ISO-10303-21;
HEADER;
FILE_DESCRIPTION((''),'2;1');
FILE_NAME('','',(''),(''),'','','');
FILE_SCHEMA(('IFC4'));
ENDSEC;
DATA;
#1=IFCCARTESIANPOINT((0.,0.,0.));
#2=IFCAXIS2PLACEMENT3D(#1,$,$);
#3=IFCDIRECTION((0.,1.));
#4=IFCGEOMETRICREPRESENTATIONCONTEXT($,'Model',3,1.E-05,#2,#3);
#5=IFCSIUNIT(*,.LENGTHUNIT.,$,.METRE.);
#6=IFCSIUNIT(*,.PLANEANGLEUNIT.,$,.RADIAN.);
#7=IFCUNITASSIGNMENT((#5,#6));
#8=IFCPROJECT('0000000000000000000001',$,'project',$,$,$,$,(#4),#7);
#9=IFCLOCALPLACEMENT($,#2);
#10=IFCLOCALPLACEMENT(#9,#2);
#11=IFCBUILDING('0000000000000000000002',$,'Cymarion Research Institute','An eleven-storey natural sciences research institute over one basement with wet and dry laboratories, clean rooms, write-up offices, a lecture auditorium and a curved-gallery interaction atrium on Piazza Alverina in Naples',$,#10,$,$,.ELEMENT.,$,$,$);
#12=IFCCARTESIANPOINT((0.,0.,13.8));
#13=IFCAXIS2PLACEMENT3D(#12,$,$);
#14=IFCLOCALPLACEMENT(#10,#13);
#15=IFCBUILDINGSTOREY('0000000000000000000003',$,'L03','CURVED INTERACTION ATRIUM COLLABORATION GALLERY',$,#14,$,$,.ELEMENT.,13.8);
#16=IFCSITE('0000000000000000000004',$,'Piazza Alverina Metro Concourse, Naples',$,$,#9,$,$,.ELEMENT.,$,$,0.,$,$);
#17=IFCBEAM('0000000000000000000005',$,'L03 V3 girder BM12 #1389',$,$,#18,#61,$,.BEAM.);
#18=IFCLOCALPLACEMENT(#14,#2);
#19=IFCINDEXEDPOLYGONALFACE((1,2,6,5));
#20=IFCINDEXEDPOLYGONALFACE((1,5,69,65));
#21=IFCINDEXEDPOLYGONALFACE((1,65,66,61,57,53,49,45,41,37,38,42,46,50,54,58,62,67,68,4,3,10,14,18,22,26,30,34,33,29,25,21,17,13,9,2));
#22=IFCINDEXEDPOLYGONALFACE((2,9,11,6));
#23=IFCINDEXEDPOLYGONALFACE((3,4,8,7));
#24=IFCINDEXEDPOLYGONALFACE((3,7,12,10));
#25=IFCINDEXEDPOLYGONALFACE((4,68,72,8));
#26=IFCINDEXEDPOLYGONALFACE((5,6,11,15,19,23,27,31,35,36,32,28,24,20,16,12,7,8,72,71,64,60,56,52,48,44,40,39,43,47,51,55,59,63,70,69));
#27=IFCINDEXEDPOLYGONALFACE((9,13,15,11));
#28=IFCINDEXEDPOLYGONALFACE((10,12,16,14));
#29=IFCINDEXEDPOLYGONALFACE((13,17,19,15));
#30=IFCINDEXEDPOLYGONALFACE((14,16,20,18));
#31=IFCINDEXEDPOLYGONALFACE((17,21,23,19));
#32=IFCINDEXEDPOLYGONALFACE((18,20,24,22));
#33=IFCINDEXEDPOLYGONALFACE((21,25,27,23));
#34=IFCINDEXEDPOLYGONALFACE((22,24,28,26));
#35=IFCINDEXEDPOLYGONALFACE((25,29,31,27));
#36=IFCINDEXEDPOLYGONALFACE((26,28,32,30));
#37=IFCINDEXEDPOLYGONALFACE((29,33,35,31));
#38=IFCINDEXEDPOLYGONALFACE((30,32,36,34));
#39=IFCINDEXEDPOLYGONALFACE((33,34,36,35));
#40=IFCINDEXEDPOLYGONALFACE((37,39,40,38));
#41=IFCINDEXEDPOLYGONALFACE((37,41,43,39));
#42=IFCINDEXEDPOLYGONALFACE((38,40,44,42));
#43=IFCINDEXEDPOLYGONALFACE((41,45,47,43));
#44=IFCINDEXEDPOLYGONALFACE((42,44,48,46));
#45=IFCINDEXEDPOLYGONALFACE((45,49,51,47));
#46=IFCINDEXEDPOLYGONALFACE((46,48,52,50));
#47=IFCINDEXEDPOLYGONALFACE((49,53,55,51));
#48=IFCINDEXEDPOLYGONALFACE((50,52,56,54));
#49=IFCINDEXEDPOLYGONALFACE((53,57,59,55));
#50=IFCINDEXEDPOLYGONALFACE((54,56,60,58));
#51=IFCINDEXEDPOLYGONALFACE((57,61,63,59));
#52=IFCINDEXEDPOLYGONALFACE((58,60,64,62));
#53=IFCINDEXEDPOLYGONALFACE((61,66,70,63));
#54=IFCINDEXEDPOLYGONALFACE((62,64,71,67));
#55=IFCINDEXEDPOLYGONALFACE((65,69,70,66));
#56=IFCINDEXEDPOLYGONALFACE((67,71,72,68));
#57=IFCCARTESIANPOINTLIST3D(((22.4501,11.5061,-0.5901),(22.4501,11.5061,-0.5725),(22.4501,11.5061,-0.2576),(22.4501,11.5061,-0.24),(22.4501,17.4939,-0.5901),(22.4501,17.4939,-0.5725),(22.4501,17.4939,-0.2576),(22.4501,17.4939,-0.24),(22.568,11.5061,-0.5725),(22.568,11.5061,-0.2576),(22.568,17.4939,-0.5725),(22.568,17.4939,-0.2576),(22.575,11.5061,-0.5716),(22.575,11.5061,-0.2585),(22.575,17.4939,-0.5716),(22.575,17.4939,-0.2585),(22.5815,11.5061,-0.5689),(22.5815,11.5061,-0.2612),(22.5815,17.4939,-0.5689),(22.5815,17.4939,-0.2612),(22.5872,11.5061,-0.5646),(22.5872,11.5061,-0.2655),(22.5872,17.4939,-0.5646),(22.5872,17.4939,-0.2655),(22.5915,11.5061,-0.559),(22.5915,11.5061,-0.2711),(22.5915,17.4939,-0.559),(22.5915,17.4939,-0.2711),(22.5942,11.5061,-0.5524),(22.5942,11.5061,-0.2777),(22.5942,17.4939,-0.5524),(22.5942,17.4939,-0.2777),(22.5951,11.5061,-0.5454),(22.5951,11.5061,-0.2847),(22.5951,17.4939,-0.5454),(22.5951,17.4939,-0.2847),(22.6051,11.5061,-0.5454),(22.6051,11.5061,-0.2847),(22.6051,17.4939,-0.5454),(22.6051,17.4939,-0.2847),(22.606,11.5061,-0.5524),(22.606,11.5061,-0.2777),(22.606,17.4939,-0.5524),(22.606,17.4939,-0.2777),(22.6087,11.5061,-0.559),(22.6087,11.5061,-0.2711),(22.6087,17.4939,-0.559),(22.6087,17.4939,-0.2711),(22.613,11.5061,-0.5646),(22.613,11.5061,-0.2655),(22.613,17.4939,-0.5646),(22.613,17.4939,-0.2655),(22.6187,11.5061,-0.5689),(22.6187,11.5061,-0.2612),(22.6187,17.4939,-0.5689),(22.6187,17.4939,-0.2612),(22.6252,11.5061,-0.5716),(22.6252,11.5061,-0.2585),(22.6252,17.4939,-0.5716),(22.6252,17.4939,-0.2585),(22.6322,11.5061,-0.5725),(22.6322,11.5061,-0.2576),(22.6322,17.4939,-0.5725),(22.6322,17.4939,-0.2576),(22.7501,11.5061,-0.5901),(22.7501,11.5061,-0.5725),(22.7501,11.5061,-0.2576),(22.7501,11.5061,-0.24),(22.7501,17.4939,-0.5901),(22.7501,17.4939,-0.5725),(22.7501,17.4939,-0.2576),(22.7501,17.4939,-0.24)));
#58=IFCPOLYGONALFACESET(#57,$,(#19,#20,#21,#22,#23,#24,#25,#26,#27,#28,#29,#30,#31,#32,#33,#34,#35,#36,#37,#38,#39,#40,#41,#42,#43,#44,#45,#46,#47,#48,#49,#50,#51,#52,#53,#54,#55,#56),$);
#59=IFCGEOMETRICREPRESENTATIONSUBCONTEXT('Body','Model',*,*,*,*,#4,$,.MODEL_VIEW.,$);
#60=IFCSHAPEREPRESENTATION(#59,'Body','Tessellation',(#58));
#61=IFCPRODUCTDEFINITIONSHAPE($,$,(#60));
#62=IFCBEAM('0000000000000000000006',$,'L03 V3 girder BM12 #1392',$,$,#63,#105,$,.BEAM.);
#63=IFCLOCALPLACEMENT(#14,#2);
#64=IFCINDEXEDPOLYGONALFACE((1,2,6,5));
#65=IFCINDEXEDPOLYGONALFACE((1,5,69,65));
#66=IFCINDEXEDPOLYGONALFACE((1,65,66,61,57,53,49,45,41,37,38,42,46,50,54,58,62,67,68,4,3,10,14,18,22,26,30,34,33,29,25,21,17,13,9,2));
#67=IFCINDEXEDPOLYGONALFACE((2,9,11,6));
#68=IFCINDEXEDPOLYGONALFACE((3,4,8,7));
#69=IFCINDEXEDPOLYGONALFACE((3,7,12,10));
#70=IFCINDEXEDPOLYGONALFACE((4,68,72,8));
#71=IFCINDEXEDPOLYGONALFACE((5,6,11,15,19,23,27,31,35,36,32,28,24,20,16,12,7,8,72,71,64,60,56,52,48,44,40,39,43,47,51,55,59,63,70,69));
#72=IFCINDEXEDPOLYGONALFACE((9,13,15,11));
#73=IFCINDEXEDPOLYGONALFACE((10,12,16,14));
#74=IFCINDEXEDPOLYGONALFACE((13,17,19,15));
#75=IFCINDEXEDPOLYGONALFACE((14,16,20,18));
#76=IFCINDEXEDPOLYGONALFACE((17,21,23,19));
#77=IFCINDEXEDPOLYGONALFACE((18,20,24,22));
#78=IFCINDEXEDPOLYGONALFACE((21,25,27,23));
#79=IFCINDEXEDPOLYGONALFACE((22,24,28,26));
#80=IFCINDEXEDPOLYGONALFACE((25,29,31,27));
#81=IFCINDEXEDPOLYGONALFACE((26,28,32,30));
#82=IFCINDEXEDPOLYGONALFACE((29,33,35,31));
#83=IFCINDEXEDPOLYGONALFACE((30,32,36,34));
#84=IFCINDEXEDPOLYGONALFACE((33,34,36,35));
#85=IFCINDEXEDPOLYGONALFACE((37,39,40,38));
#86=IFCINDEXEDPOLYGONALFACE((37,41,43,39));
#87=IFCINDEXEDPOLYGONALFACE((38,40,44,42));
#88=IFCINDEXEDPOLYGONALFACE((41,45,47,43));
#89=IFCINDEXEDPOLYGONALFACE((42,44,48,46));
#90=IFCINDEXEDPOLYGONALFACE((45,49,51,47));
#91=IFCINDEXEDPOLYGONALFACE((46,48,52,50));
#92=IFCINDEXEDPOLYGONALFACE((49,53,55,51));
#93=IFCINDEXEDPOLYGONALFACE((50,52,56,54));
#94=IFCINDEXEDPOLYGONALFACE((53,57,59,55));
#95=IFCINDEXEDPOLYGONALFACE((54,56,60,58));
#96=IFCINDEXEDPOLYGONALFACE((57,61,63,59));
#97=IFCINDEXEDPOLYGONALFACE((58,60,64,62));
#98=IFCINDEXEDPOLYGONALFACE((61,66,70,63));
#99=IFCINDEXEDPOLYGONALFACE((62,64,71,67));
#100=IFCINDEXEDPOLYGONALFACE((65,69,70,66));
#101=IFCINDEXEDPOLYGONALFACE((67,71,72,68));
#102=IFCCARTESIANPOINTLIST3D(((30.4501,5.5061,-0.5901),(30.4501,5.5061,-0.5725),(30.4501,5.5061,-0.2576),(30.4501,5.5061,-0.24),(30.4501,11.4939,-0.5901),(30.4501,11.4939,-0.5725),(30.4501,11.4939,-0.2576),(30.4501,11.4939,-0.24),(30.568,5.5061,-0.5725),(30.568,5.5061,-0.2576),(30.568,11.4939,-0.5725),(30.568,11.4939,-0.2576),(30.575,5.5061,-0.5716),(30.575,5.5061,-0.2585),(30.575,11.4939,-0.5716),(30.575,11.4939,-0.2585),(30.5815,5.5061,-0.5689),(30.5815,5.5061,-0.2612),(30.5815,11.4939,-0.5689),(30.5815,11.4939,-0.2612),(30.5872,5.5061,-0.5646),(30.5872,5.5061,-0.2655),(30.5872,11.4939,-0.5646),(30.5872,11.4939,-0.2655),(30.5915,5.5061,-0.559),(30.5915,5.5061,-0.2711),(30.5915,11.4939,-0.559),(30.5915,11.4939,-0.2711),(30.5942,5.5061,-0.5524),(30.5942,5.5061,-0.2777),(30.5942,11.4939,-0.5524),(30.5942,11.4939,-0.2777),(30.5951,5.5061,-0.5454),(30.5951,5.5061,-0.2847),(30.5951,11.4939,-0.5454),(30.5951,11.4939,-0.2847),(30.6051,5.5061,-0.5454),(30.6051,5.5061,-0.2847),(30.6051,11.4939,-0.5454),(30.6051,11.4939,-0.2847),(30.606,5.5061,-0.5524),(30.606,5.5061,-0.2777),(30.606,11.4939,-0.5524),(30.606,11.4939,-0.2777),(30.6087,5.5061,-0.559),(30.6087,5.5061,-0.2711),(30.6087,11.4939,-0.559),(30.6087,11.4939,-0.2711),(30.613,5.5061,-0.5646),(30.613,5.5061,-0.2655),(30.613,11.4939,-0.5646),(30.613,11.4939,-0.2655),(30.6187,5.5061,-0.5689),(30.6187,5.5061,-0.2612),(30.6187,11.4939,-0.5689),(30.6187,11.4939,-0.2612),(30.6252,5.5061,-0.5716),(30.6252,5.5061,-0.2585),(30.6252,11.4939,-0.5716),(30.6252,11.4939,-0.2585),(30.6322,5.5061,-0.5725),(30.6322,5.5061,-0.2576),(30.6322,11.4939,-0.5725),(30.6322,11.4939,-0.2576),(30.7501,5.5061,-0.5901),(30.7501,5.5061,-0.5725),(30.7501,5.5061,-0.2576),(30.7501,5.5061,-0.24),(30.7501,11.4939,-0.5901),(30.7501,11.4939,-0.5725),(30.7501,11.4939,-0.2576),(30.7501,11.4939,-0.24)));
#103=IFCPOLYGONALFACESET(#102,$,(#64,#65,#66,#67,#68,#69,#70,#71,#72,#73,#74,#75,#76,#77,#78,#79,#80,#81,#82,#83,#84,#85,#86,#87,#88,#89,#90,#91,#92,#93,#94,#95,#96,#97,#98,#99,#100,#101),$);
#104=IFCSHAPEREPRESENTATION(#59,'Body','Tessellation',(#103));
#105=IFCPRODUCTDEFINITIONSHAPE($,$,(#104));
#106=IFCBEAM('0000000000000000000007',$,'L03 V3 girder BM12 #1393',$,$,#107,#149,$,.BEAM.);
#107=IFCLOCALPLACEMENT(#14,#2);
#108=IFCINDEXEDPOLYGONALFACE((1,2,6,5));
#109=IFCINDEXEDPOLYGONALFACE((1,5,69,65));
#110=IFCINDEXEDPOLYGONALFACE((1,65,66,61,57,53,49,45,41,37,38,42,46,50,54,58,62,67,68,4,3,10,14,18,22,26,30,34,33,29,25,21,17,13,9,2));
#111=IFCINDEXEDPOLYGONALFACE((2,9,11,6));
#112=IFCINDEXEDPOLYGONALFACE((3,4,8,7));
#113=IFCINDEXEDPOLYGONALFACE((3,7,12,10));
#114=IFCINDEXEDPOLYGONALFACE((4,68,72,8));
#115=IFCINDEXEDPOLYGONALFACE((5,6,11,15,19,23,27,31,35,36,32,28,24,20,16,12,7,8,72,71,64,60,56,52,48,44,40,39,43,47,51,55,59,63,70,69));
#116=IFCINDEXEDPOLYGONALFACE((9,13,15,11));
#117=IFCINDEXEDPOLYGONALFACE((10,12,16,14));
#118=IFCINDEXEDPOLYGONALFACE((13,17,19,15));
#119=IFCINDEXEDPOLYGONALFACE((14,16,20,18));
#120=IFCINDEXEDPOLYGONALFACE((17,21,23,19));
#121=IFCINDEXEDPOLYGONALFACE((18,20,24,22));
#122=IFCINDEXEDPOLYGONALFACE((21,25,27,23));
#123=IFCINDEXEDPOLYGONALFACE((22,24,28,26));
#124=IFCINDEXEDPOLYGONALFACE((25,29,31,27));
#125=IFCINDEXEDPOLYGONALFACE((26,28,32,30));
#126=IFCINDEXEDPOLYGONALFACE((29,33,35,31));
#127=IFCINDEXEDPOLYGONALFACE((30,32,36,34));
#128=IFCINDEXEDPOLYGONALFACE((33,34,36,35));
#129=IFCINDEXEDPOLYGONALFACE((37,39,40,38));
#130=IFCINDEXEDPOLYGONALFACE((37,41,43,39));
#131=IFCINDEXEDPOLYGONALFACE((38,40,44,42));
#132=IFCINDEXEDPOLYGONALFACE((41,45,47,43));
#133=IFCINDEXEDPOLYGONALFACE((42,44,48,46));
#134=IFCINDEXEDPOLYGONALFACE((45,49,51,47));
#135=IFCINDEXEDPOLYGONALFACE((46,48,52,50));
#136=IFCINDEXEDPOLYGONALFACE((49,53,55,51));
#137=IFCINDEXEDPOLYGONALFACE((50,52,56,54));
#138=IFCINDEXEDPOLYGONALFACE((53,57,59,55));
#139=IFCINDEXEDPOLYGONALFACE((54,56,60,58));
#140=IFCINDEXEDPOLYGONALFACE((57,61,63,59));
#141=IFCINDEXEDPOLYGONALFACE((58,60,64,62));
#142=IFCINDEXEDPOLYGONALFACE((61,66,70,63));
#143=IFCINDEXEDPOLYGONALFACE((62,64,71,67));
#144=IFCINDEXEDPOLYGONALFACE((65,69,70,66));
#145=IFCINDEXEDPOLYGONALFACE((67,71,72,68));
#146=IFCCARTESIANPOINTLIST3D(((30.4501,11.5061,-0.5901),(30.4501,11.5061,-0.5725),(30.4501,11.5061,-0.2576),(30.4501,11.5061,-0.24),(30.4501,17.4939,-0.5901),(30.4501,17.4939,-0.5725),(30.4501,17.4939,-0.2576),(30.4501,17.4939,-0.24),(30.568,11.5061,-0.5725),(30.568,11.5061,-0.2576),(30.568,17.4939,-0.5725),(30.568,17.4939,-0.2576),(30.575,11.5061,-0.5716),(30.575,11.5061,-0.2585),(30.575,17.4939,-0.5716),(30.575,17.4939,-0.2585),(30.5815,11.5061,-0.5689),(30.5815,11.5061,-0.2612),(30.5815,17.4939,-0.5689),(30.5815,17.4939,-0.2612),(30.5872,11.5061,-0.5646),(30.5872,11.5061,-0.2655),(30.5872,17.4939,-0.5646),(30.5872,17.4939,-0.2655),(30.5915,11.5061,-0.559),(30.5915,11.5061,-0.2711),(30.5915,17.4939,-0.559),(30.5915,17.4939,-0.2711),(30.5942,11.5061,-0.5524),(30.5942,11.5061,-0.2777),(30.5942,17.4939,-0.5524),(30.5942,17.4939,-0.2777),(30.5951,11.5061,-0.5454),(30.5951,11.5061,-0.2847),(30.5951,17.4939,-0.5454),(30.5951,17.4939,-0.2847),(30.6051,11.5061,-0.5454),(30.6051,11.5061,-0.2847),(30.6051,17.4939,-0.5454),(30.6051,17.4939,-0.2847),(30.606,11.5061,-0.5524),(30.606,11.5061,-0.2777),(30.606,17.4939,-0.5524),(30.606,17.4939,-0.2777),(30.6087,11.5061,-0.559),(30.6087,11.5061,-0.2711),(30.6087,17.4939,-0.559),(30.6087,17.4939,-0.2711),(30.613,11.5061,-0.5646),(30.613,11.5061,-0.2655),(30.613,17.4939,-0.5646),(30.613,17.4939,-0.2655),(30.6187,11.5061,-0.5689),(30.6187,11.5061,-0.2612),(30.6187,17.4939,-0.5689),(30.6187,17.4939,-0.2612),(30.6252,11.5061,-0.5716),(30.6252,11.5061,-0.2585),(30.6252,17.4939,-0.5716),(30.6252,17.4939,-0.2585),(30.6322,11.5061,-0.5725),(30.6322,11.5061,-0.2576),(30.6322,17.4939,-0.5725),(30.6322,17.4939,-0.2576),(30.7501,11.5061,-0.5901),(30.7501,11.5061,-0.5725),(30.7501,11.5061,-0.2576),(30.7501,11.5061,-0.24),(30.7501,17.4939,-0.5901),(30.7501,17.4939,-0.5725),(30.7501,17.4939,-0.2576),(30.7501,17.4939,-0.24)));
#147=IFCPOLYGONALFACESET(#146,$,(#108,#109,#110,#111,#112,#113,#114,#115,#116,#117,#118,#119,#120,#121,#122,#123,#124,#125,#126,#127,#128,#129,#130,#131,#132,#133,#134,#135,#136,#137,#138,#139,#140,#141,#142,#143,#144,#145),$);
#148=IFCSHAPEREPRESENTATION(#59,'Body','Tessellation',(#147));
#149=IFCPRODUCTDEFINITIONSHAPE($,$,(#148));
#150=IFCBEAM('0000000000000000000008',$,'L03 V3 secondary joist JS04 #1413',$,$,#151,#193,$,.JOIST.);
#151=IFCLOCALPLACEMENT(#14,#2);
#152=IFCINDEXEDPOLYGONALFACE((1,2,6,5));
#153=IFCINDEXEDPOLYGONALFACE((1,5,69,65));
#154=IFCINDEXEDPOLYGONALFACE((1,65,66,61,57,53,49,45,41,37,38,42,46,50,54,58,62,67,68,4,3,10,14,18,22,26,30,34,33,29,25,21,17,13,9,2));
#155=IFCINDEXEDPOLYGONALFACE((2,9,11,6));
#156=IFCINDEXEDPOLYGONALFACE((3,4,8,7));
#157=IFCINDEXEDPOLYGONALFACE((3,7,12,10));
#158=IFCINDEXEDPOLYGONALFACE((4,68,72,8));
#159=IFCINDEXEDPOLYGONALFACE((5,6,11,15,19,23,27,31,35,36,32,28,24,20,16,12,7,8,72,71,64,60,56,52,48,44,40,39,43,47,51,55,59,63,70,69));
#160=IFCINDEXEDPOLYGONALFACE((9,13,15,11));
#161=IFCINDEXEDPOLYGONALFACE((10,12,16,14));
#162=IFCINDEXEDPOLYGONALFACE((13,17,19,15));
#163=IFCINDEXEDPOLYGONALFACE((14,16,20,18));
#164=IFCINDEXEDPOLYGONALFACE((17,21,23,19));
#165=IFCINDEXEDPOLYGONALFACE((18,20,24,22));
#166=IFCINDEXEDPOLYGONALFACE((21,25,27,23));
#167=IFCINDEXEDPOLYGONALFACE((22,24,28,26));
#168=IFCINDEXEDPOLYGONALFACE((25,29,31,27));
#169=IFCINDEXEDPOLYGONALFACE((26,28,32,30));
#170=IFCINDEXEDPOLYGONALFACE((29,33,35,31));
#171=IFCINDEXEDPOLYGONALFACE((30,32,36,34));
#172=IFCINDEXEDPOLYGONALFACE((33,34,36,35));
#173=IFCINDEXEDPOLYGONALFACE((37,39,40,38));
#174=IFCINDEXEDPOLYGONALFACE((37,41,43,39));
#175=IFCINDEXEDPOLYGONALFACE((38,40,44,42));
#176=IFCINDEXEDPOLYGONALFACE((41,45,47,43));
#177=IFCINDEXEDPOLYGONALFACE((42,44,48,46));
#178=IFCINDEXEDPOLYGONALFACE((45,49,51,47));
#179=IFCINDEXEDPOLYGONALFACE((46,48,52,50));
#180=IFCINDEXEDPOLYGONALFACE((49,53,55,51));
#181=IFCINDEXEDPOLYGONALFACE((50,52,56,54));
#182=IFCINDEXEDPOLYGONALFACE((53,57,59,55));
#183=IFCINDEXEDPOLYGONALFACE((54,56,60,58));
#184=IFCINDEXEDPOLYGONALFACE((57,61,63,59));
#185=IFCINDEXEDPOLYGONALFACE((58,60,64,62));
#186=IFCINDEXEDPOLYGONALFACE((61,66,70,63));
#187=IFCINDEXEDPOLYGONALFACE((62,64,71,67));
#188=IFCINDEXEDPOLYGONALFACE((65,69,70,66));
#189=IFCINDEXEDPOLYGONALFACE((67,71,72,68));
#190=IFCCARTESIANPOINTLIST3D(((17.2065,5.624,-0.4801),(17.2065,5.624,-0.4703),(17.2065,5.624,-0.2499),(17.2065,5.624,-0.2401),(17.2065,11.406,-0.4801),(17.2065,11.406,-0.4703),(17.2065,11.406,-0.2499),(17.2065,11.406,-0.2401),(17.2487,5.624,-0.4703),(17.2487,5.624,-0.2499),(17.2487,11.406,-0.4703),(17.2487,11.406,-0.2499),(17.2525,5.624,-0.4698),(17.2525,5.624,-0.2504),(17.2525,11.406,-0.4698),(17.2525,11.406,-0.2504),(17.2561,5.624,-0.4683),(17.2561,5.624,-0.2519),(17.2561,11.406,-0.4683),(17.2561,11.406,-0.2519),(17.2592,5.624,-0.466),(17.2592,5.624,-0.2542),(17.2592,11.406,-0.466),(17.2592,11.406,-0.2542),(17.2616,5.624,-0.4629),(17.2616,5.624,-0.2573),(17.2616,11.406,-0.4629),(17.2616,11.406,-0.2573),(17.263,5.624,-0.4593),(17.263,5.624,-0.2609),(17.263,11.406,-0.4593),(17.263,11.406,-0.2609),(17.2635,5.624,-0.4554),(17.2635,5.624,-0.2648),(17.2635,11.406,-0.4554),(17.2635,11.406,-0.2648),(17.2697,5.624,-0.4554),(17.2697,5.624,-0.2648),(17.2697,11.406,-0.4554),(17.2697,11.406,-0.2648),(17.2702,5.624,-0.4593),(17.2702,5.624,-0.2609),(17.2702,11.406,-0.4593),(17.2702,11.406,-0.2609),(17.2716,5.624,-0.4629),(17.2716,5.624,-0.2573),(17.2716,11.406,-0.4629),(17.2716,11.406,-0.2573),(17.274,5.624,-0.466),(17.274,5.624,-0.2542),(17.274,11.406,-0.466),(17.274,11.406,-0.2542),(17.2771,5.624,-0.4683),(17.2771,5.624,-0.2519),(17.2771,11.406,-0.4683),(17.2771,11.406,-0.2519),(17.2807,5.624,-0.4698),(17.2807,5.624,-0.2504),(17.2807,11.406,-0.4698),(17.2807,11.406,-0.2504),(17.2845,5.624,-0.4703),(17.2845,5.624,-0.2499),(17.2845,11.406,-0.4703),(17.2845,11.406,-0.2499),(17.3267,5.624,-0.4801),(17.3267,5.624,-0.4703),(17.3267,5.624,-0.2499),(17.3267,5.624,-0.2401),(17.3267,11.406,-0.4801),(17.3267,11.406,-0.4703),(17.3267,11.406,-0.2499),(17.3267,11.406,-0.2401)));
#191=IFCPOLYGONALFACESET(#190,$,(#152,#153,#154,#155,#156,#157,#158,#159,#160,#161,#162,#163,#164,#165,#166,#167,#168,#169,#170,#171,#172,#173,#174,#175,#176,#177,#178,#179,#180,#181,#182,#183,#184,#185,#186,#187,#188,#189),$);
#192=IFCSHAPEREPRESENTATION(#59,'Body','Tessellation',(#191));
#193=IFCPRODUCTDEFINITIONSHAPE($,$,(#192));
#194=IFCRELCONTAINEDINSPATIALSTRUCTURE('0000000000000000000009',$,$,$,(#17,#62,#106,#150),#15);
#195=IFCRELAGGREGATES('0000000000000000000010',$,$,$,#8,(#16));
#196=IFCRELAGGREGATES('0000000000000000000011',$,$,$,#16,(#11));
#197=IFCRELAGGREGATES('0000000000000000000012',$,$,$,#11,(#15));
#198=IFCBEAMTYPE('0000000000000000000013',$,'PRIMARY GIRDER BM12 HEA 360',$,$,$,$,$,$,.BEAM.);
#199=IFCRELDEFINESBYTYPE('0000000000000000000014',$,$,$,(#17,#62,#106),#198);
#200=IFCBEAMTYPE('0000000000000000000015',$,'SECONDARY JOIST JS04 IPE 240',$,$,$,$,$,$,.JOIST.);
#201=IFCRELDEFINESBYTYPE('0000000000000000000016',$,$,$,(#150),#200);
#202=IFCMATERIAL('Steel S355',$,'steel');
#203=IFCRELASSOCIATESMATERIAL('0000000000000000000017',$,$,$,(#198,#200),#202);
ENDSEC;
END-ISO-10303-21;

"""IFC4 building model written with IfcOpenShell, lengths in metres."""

from ifc_helpers import new_model, si_unit, direction, frame, origin, origin_2d, place, context, subcontext, project, spatial, i_section, extrude, material, material_profile, profile_set, type_object, element, save


model = new_model("IFC4")

# Units and contexts
model_context = context("Model", 3, precision=1e-05, world=origin(), true_north=direction((0.0, 1.0)))
body_context = subcontext(model_context, "Body", "Model", "MODEL_VIEW")
ifc_project = project(units=[si_unit("LENGTHUNIT", "METRE"), si_unit("PLANEANGLEUNIT", "RADIAN")], contexts=[model_context])

# Site, building, storey
site_placement = place(None, origin())
site = spatial("IfcSite", under=ifc_project, at=site_placement, Name="Piazza Alverina Metro Concourse, Naples", CompositionType="ELEMENT", RefElevation=0.0)
building_placement = place(site_placement, origin())
building = spatial("IfcBuilding", under=site, at=building_placement, Name="Cymarion Research Institute", Description="An eleven-storey natural sciences research institute over one basement with wet and dry laboratories, clean rooms, write-up offices, a lecture auditorium and a curved-gallery interaction atrium on Piazza Alverina in Naples", CompositionType="ELEMENT")
storey_placement = place(building_placement, frame((0.0, 0.0, 13.8)))
storey = spatial("IfcBuildingStorey", under=building, at=storey_placement, Name="L03", Description="CURVED INTERACTION ATRIUM COLLABORATION GALLERY", CompositionType="ELEMENT", Elevation=13.8)

# Beams
ifc_material = material(Name="Steel S355", Category="steel")
ifc_material_profile_1 = material_profile(ifc_material, i_section(OverallWidth=0.3, OverallDepth=0.3501, WebThickness=0.01, FlangeThickness=0.0176, FilletRadius=0.0271, at=origin_2d()), Name="HEA 360")
ifc_profile_set_1 = profile_set([ifc_material_profile_1], Name="Steel S355")
beam_type_1 = type_object("IfcBeamType", Name="PRIMARY GIRDER BM12 HEA 360", PredefinedType="BEAM", material=ifc_profile_set_1)
for number, where, z_axis, x_axis, name in (
    (1, (22.6001, 11.5061, -0.415), (0.0, 1.0, 0.0), (-1.0, 0.0, 0.0), "L03 V3 girder BM12 #1389"),
    (2, (30.6001, 5.5061, -0.415), (0.0, 1.0, 0.0), (-1.0, 0.0, 0.0), "L03 V3 girder BM12 #1392"),
    (3, (30.6001, 11.5061, -0.415), (0.0, 1.0, 0.0), (-1.0, 0.0, 0.0), "L03 V3 girder BM12 #1393"),
):
    element("IfcBeam", number, at=place(storey_placement, frame(where, z_axis=z_axis, x_axis=x_axis)), inside=storey, type_object=beam_type_1, Name=name, PredefinedType="BEAM", context=body_context, shape_type="SweptSolid", body=[
        extrude(i_section(OverallWidth=0.3, OverallDepth=0.3501, WebThickness=0.01, FlangeThickness=0.0176, FilletRadius=0.0271, at=origin_2d()), origin(), (0.0, 0.0, 1.0), 5.9878),
    ])
ifc_material_profile_2 = material_profile(ifc_material, i_section(OverallWidth=0.1201, OverallDepth=0.24, WebThickness=0.0061, FlangeThickness=0.0098, FilletRadius=0.0149, at=origin_2d()), Name="IPE 240")
ifc_profile_set_2 = profile_set([ifc_material_profile_2], Name="Steel S355")
beam_type_2 = type_object("IfcBeamType", Name="SECONDARY JOIST JS04 IPE 240", PredefinedType="JOIST", material=ifc_profile_set_2)
for number, where, z_axis, x_axis, name in (
    (4, (17.2666, 5.624, -0.3601), (0.0, 1.0, 0.0), (-1.0, 0.0, 0.0), "L03 V3 secondary joist JS04 #1413"),
):
    element("IfcBeam", number, at=place(storey_placement, frame(where, z_axis=z_axis, x_axis=x_axis)), inside=storey, type_object=beam_type_2, Name=name, PredefinedType="JOIST", context=body_context, shape_type="SweptSolid", body=[
        extrude(i_section(OverallWidth=0.1201, OverallDepth=0.24, WebThickness=0.0061, FlangeThickness=0.0098, FilletRadius=0.0149, at=origin_2d()), origin(), (0.0, 0.0, 1.0), 5.782),
    ])

save(model, "model.ifc")
